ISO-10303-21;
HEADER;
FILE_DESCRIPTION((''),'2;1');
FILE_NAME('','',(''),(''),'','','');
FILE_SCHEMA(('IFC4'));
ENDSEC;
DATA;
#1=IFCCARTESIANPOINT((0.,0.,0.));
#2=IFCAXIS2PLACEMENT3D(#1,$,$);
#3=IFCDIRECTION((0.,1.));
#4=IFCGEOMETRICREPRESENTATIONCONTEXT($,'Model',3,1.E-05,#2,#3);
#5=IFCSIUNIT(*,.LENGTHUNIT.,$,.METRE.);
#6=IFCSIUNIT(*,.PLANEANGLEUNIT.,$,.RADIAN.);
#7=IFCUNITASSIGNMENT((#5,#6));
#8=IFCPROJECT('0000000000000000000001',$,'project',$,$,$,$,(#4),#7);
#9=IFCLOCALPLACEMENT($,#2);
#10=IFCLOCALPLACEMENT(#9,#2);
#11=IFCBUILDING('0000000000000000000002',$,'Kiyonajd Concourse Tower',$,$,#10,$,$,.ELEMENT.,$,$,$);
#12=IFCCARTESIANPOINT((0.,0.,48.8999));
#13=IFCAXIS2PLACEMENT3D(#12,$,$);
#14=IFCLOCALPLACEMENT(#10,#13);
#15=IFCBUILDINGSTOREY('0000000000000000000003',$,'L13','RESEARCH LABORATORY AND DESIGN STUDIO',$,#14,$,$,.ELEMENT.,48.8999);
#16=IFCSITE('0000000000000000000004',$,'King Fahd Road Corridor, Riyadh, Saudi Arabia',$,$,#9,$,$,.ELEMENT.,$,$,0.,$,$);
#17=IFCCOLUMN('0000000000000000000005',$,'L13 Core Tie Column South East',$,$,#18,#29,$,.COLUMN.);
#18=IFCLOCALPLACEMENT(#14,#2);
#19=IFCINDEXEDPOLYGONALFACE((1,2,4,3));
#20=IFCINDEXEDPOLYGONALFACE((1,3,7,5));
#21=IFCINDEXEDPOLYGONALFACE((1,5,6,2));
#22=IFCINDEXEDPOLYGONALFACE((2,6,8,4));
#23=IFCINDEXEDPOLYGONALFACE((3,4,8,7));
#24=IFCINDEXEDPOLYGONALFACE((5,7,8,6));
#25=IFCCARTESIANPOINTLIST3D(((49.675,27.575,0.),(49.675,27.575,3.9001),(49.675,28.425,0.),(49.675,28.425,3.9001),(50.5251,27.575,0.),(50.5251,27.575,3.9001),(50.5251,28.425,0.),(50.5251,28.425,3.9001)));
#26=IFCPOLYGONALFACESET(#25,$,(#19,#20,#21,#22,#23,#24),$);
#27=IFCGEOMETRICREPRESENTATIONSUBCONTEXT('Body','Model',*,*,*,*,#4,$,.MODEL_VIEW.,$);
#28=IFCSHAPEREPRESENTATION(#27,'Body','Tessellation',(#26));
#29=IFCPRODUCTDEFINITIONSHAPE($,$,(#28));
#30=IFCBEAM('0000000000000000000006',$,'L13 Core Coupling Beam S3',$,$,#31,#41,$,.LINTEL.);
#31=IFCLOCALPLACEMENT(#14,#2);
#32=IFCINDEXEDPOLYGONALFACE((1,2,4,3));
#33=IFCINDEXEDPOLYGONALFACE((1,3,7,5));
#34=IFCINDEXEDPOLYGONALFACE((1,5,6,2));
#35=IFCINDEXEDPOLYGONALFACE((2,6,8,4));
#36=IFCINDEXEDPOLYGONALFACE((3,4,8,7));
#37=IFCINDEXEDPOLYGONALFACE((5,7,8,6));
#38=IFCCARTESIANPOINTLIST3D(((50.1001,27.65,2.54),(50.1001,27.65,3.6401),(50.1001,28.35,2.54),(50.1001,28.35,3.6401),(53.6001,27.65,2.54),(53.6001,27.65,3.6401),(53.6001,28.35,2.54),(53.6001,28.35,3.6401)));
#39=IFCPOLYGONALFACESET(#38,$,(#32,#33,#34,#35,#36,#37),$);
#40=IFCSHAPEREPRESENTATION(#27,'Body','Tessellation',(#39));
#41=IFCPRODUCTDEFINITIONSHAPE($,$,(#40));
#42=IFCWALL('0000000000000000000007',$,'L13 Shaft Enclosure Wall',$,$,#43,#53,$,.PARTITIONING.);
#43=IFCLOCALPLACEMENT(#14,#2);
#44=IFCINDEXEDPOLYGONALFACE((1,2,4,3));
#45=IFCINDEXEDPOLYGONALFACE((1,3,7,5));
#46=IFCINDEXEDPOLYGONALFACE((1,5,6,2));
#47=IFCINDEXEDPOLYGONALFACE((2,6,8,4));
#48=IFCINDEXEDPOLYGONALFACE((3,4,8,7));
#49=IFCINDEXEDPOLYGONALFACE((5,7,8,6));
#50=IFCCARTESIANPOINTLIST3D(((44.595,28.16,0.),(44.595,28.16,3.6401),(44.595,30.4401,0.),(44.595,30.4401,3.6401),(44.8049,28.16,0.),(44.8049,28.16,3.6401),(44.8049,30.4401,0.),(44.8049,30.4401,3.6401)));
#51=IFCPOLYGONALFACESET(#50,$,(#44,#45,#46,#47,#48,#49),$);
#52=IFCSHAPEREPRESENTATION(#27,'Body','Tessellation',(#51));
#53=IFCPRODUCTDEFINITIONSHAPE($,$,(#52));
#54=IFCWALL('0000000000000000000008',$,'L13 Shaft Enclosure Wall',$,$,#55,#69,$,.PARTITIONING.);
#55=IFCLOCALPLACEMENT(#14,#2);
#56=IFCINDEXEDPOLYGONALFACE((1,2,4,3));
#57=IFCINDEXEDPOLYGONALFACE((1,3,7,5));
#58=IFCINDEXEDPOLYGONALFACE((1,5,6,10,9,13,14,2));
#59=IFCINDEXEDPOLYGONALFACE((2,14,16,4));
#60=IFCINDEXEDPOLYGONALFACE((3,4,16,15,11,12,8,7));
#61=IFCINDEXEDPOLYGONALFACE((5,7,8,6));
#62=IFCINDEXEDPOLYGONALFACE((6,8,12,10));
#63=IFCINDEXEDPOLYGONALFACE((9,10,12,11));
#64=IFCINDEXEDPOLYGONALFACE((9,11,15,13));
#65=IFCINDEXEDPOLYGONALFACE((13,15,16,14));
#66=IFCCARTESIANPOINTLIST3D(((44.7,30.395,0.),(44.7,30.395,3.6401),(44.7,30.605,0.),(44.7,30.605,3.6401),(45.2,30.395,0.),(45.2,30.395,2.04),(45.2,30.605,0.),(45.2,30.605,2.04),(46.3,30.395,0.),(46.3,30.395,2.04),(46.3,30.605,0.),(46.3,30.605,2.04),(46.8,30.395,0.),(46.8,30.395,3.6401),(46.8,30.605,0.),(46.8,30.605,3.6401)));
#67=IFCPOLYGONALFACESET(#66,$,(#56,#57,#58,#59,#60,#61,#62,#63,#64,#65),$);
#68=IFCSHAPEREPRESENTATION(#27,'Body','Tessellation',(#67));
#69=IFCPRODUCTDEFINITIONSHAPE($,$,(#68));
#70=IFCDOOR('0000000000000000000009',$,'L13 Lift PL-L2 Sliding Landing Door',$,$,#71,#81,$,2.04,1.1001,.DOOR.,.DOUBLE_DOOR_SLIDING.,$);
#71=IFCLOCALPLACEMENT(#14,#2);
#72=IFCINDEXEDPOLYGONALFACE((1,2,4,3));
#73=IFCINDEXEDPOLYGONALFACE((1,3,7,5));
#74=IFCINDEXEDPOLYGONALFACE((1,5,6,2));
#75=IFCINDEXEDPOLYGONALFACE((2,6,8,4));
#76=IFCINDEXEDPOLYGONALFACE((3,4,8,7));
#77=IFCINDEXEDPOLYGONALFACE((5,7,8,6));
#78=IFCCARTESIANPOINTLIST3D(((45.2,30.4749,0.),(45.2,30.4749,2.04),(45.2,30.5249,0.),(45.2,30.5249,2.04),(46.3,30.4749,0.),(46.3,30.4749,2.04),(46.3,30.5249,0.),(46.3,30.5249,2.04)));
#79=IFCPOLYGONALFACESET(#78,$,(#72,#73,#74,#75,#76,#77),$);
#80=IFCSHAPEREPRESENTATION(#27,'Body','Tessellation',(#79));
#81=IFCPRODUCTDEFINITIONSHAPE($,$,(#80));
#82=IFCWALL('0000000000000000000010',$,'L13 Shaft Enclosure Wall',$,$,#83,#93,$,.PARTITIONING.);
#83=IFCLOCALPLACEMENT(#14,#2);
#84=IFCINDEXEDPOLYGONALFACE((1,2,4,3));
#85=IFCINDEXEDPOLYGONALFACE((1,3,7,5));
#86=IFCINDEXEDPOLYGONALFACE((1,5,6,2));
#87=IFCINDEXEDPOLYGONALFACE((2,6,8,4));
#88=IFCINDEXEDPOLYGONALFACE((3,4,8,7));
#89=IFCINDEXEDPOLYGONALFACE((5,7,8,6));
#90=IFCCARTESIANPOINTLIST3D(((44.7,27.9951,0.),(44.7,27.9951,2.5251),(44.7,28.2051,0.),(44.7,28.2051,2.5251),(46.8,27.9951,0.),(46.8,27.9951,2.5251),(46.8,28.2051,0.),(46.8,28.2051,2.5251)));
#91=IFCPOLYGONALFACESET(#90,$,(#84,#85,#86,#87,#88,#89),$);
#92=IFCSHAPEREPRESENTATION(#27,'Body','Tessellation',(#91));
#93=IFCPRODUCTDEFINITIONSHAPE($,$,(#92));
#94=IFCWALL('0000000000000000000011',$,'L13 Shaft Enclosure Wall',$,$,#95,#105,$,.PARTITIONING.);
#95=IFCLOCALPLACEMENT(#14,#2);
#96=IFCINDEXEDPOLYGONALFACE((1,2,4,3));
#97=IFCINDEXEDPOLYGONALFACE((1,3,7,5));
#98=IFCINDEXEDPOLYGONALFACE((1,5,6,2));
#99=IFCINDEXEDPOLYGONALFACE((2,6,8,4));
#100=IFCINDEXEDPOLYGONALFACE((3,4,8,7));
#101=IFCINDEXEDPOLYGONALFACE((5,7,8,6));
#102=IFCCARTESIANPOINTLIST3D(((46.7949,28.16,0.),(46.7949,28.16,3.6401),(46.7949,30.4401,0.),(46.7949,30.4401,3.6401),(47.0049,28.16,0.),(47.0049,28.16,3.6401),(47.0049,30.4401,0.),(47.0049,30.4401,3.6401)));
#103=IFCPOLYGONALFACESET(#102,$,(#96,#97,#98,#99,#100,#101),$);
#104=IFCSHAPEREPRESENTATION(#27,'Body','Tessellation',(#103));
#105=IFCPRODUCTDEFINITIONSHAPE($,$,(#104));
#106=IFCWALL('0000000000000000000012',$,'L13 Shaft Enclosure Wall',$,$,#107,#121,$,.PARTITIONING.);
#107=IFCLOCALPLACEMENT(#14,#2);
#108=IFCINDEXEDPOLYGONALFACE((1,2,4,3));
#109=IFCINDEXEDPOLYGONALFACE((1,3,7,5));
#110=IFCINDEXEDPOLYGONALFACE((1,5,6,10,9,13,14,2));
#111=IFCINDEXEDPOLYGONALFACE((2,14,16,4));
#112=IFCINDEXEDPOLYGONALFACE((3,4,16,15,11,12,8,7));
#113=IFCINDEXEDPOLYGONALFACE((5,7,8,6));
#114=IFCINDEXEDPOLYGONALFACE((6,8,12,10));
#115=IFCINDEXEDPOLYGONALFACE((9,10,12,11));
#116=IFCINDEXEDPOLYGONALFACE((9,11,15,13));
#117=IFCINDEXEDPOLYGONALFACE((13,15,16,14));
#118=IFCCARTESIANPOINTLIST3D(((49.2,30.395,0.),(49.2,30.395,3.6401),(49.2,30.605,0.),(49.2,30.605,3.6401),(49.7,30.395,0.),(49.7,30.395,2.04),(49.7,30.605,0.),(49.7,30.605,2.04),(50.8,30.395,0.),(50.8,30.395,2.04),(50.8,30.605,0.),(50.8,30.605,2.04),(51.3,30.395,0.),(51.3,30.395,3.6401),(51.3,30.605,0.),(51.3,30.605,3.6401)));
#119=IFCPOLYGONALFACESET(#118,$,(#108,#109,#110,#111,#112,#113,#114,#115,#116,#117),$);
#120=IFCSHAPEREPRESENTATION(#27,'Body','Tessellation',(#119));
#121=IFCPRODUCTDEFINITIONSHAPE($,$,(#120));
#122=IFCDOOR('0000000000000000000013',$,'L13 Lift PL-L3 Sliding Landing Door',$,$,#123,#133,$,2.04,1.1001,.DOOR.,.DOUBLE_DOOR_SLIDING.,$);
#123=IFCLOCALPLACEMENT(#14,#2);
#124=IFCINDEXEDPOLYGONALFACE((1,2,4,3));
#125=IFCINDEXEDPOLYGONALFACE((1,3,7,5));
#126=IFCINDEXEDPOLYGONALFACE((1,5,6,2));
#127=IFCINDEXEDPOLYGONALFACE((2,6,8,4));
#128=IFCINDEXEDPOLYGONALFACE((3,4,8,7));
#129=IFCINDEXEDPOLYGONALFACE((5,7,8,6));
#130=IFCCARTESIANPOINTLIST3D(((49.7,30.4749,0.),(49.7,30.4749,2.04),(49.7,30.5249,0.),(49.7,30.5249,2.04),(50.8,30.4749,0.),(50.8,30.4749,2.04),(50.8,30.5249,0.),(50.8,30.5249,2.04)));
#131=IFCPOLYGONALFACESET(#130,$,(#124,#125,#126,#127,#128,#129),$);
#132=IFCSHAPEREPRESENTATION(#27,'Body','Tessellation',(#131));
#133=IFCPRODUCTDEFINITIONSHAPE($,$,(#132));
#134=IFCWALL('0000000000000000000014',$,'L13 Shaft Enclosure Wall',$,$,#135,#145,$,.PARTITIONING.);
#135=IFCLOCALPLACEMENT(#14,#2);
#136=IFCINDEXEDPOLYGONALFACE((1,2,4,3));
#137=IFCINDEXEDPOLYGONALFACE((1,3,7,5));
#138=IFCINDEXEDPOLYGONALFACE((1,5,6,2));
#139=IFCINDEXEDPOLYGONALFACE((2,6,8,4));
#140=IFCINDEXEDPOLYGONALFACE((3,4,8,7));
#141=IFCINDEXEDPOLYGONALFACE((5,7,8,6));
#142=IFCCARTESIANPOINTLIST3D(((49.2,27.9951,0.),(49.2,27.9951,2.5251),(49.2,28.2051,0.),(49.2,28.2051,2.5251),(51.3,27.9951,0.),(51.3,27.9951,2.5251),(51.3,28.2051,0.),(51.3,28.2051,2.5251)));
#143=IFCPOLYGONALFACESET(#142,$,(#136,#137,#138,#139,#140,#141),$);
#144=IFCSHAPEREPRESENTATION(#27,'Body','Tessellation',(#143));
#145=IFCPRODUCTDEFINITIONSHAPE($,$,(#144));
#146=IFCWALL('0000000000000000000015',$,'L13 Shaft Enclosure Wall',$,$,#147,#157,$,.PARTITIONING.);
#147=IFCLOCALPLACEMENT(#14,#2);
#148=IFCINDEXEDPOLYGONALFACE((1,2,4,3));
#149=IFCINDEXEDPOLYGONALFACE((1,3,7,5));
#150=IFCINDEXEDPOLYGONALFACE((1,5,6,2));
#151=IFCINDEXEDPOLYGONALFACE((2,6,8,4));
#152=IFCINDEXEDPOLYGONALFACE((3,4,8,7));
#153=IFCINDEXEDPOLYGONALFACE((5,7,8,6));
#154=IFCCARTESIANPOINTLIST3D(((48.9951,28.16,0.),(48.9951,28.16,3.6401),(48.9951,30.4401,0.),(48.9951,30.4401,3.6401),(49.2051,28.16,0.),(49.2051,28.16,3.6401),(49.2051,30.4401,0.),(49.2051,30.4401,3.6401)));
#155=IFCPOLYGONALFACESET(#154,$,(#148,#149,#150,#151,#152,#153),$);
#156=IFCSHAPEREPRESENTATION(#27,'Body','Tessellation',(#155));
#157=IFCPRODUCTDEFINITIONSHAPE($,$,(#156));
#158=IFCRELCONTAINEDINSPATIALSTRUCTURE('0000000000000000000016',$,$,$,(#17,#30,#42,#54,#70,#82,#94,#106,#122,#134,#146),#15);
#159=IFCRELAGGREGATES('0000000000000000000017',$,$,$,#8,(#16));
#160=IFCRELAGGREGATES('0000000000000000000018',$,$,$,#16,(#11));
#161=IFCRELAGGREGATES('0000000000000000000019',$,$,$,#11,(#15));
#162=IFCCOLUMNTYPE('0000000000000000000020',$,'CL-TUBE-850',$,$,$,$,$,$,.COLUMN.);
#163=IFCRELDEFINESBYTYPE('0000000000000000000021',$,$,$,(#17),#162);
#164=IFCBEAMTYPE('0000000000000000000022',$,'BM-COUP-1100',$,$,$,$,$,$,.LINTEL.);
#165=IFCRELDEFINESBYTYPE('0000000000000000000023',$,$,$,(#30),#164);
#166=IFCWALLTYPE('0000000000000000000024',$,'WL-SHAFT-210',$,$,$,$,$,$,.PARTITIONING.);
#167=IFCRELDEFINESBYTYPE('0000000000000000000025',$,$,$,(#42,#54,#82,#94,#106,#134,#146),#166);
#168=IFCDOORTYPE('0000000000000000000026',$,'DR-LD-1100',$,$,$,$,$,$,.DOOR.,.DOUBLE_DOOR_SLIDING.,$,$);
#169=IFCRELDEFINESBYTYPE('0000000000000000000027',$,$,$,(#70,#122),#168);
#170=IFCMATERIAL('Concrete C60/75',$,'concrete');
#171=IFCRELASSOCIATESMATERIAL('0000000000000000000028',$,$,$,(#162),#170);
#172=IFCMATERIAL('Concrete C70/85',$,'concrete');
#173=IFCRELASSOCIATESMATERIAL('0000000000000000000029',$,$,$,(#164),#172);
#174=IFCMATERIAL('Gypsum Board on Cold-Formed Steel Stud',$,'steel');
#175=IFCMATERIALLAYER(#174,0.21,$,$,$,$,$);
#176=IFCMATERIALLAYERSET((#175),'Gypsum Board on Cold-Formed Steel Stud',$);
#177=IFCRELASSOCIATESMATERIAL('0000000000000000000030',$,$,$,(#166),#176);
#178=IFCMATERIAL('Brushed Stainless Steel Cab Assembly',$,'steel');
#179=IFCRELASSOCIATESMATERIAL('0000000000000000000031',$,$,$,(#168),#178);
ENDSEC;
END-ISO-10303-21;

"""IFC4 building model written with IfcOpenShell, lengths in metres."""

from ifc_helpers import new_model, si_unit, direction, frame, frame_2d, origin, origin_2d, place, context, subcontext, project, spatial, rectangle, extrude, material, layer, layer_set, material_profile, profile_set, type_object, element, fill, save


model = new_model("IFC4")

# Units and contexts
model_context = context("Model", 3, precision=1e-05, world=origin(), true_north=direction((0.0, 1.0)))
body_context = subcontext(model_context, "Body", "Model", "MODEL_VIEW")
ifc_project = project(units=[si_unit("LENGTHUNIT", "METRE"), si_unit("PLANEANGLEUNIT", "RADIAN")], contexts=[model_context])

# Site, building, storey
site_placement = place(None, origin())
site = spatial("IfcSite", under=ifc_project, at=site_placement, Name="King Fahd Road Corridor, Riyadh, Saudi Arabia", CompositionType="ELEMENT", RefElevation=0.0)
building_placement = place(site_placement, origin())
building = spatial("IfcBuilding", under=site, at=building_placement, Name="Kiyonajd Concourse Tower", CompositionType="ELEMENT")
storey_placement = place(building_placement, frame((0.0, 0.0, 48.8999)))
storey = spatial("IfcBuildingStorey", under=building, at=storey_placement, Name="L13", Description="RESEARCH LABORATORY AND DESIGN STUDIO", CompositionType="ELEMENT", Elevation=48.8999)

# Column
ifc_material_1 = material(Name="Concrete C60/75", Category="concrete")
ifc_material_profile_1 = material_profile(ifc_material_1, rectangle(XDim=0.8501, YDim=0.8501, at=origin_2d()), Name="RC-850x850")
ifc_profile_set_1 = profile_set([ifc_material_profile_1], Name="Concrete C60/75")
column_type = type_object("IfcColumnType", Name="CL-TUBE-850", PredefinedType="COLUMN", material=ifc_profile_set_1)
column_placement = place(storey_placement, frame((50.1001, 28.0, 0.0), z_axis=(0.0, 0.0, 1.0), x_axis=(1.0, 0.0, 0.0)))
element("IfcColumn", 1, at=column_placement, inside=storey, type_object=column_type, Name="L13 Core Tie Column South East", PredefinedType="COLUMN", context=body_context, shape_type="SweptSolid", body=[
    extrude(rectangle(XDim=0.8501, YDim=0.8501, at=origin_2d()), origin(), (0.0, 0.0, 1.0), 3.9001),
])

# Beam
ifc_material_2 = material(Name="Concrete C70/85", Category="concrete")
ifc_material_profile_2 = material_profile(ifc_material_2, rectangle(XDim=0.7, YDim=1.1001, at=origin_2d()), Name="RCBM-700x1100")
ifc_profile_set_2 = profile_set([ifc_material_profile_2], Name="Concrete C70/85")
beam_type = type_object("IfcBeamType", Name="BM-COUP-1100", PredefinedType="LINTEL", material=ifc_profile_set_2)
beam_placement = place(storey_placement, frame((50.1001, 28.0, 3.0901), z_axis=(1.0, 0.0, 0.0), x_axis=(0.0, 1.0, 0.0)))
element("IfcBeam", 2, at=beam_placement, inside=storey, type_object=beam_type, Name="L13 Core Coupling Beam S3", PredefinedType="LINTEL", context=body_context, shape_type="SweptSolid", body=[
    extrude(rectangle(XDim=0.7, YDim=1.1001, at=origin_2d()), origin(), (0.0, 0.0, 1.0), 3.5),
])

# Wall
ifc_material_3 = material(Name="Gypsum Board on Cold-Formed Steel Stud", Category="steel")
ifc_layer_1 = layer(ifc_material_3, 0.21)
ifc_layer_set_1 = layer_set([ifc_layer_1], Name="Gypsum Board on Cold-Formed Steel Stud")
wall_type_1 = type_object("IfcWallType", Name="WL-SHAFT-210", PredefinedType="PARTITIONING", material=ifc_layer_set_1)
wall_1_placement = place(storey_placement, frame((44.7, 28.1599, 0.0), z_axis=(0.0, 0.0, 1.0), x_axis=(0.0, 1.0, 0.0)))
element("IfcWall", 3, at=wall_1_placement, inside=storey, type_object=wall_type_1, Name="L13 Shaft Enclosure Wall", PredefinedType="PARTITIONING", context=body_context, shape_type="SweptSolid", body=[
    extrude(rectangle(XDim=2.28, YDim=0.21, at=frame_2d((1.1401, 0.0))), origin(), (0.0, 0.0, 1.0), 3.6401),
])

# Wall, opening, door
wall_2_placement = place(storey_placement, frame((44.7, 30.5, 0.0), z_axis=(0.0, 0.0, 1.0), x_axis=(1.0, 0.0, 0.0)))
wall_2 = element("IfcWall", 4, at=wall_2_placement, inside=storey, type_object=wall_type_1, Name="L13 Shaft Enclosure Wall", PredefinedType="PARTITIONING", context=body_context, shape_type="SweptSolid", body=[
    extrude(rectangle(XDim=2.1001, YDim=0.21, at=frame_2d((1.05, 0.0))), origin(), (0.0, 0.0, 1.0), 3.6401),
])
opening_1_placement = place(wall_2_placement, frame((0.5, 0.0, 0.0)))
opening_1 = element("IfcOpeningElement", 5, at=opening_1_placement, cuts=wall_2, PredefinedType="OPENING", context=body_context, shape_type="SweptSolid", body=[
    extrude(rectangle(XDim=1.1001, YDim=2.04, at=frame_2d((0.55, 1.02))), frame((0.0, 0.115, 0.0), z_axis=(0.0, -1.0, 0.0), x_axis=(1.0, 0.0, 0.0)), (0.0, 0.0, 1.0), 0.23),
])
ifc_material_4 = material(Name="Brushed Stainless Steel Cab Assembly", Category="steel")
door_type_1 = type_object("IfcDoorType", Name="DR-LD-1100", OperationType="DOUBLE_DOOR_SLIDING", PredefinedType="DOOR", material=ifc_material_4)
door_1_placement = place(opening_1_placement, origin())
door_1 = element("IfcDoor", 6, at=door_1_placement, inside=storey, type_object=door_type_1, Name="L13 Lift PL-L2 Sliding Landing Door", OperationType="DOUBLE_DOOR_SLIDING", OverallHeight=2.04, OverallWidth=1.1001, PredefinedType="DOOR", context=body_context, shape_type="SweptSolid", body=[
    extrude(rectangle(XDim=1.1001, YDim=2.04, at=frame_2d((0.55, 1.02))), frame((0.0, 0.0249, 0.0), z_axis=(0.0, -1.0, 0.0), x_axis=(1.0, 0.0, 0.0)), (0.0, 0.0, 1.0), 0.05),
])
fill(opening_1, door_1)

# Walls
wall_3_placement = place(storey_placement, frame((44.7, 28.1001, 0.0), z_axis=(0.0, 0.0, 1.0), x_axis=(1.0, 0.0, 0.0)))
element("IfcWall", 7, at=wall_3_placement, inside=storey, type_object=wall_type_1, Name="L13 Shaft Enclosure Wall", PredefinedType="PARTITIONING", context=body_context, shape_type="SweptSolid", body=[
    extrude(rectangle(XDim=2.1001, YDim=0.21, at=frame_2d((1.05, 0.0))), origin(), (0.0, 0.0, 1.0), 2.5251),
])
wall_4_placement = place(storey_placement, frame((46.8999, 28.1599, 0.0), z_axis=(0.0, 0.0, 1.0), x_axis=(0.0, 1.0, 0.0)))
element("IfcWall", 8, at=wall_4_placement, inside=storey, type_object=wall_type_1, Name="L13 Shaft Enclosure Wall", PredefinedType="PARTITIONING", context=body_context, shape_type="SweptSolid", body=[
    extrude(rectangle(XDim=2.28, YDim=0.21, at=frame_2d((1.1401, 0.0))), origin(), (0.0, 0.0, 1.0), 3.6401),
])

# Wall, opening, door
wall_5_placement = place(storey_placement, frame((49.2, 30.5, 0.0), z_axis=(0.0, 0.0, 1.0), x_axis=(1.0, 0.0, 0.0)))
wall_5 = element("IfcWall", 9, at=wall_5_placement, inside=storey, type_object=wall_type_1, Name="L13 Shaft Enclosure Wall", PredefinedType="PARTITIONING", context=body_context, shape_type="SweptSolid", body=[
    extrude(rectangle(XDim=2.1001, YDim=0.21, at=frame_2d((1.05, 0.0))), origin(), (0.0, 0.0, 1.0), 3.6401),
])
opening_2_placement = place(wall_5_placement, frame((0.5, 0.0, 0.0)))
opening_2 = element("IfcOpeningElement", 10, at=opening_2_placement, cuts=wall_5, PredefinedType="OPENING", context=body_context, shape_type="SweptSolid", body=[
    extrude(rectangle(XDim=1.1001, YDim=2.04, at=frame_2d((0.55, 1.02))), frame((0.0, 0.115, 0.0), z_axis=(0.0, -1.0, 0.0), x_axis=(1.0, 0.0, 0.0)), (0.0, 0.0, 1.0), 0.23),
])
door_2_placement = place(opening_2_placement, origin())
door_2 = element("IfcDoor", 11, at=door_2_placement, inside=storey, type_object=door_type_1, Name="L13 Lift PL-L3 Sliding Landing Door", OperationType="DOUBLE_DOOR_SLIDING", OverallHeight=2.04, OverallWidth=1.1001, PredefinedType="DOOR", context=body_context, shape_type="SweptSolid", body=[
    extrude(rectangle(XDim=1.1001, YDim=2.04, at=frame_2d((0.55, 1.02))), frame((0.0, 0.0249, 0.0), z_axis=(0.0, -1.0, 0.0), x_axis=(1.0, 0.0, 0.0)), (0.0, 0.0, 1.0), 0.05),
])
fill(opening_2, door_2)

# Walls
wall_6_placement = place(storey_placement, frame((49.2, 28.1001, 0.0), z_axis=(0.0, 0.0, 1.0), x_axis=(1.0, 0.0, 0.0)))
element("IfcWall", 12, at=wall_6_placement, inside=storey, type_object=wall_type_1, Name="L13 Shaft Enclosure Wall", PredefinedType="PARTITIONING", context=body_context, shape_type="SweptSolid", body=[
    extrude(rectangle(XDim=2.1001, YDim=0.21, at=frame_2d((1.05, 0.0))), origin(), (0.0, 0.0, 1.0), 2.5251),
])
wall_7_placement = place(storey_placement, frame((49.1001, 28.1599, 0.0), z_axis=(0.0, 0.0, 1.0), x_axis=(0.0, 1.0, 0.0)))
element("IfcWall", 13, at=wall_7_placement, inside=storey, type_object=wall_type_1, Name="L13 Shaft Enclosure Wall", PredefinedType="PARTITIONING", context=body_context, shape_type="SweptSolid", body=[
    extrude(rectangle(XDim=2.28, YDim=0.21, at=frame_2d((1.1401, 0.0))), origin(), (0.0, 0.0, 1.0), 3.6401),
])

save(model, "model.ifc")
